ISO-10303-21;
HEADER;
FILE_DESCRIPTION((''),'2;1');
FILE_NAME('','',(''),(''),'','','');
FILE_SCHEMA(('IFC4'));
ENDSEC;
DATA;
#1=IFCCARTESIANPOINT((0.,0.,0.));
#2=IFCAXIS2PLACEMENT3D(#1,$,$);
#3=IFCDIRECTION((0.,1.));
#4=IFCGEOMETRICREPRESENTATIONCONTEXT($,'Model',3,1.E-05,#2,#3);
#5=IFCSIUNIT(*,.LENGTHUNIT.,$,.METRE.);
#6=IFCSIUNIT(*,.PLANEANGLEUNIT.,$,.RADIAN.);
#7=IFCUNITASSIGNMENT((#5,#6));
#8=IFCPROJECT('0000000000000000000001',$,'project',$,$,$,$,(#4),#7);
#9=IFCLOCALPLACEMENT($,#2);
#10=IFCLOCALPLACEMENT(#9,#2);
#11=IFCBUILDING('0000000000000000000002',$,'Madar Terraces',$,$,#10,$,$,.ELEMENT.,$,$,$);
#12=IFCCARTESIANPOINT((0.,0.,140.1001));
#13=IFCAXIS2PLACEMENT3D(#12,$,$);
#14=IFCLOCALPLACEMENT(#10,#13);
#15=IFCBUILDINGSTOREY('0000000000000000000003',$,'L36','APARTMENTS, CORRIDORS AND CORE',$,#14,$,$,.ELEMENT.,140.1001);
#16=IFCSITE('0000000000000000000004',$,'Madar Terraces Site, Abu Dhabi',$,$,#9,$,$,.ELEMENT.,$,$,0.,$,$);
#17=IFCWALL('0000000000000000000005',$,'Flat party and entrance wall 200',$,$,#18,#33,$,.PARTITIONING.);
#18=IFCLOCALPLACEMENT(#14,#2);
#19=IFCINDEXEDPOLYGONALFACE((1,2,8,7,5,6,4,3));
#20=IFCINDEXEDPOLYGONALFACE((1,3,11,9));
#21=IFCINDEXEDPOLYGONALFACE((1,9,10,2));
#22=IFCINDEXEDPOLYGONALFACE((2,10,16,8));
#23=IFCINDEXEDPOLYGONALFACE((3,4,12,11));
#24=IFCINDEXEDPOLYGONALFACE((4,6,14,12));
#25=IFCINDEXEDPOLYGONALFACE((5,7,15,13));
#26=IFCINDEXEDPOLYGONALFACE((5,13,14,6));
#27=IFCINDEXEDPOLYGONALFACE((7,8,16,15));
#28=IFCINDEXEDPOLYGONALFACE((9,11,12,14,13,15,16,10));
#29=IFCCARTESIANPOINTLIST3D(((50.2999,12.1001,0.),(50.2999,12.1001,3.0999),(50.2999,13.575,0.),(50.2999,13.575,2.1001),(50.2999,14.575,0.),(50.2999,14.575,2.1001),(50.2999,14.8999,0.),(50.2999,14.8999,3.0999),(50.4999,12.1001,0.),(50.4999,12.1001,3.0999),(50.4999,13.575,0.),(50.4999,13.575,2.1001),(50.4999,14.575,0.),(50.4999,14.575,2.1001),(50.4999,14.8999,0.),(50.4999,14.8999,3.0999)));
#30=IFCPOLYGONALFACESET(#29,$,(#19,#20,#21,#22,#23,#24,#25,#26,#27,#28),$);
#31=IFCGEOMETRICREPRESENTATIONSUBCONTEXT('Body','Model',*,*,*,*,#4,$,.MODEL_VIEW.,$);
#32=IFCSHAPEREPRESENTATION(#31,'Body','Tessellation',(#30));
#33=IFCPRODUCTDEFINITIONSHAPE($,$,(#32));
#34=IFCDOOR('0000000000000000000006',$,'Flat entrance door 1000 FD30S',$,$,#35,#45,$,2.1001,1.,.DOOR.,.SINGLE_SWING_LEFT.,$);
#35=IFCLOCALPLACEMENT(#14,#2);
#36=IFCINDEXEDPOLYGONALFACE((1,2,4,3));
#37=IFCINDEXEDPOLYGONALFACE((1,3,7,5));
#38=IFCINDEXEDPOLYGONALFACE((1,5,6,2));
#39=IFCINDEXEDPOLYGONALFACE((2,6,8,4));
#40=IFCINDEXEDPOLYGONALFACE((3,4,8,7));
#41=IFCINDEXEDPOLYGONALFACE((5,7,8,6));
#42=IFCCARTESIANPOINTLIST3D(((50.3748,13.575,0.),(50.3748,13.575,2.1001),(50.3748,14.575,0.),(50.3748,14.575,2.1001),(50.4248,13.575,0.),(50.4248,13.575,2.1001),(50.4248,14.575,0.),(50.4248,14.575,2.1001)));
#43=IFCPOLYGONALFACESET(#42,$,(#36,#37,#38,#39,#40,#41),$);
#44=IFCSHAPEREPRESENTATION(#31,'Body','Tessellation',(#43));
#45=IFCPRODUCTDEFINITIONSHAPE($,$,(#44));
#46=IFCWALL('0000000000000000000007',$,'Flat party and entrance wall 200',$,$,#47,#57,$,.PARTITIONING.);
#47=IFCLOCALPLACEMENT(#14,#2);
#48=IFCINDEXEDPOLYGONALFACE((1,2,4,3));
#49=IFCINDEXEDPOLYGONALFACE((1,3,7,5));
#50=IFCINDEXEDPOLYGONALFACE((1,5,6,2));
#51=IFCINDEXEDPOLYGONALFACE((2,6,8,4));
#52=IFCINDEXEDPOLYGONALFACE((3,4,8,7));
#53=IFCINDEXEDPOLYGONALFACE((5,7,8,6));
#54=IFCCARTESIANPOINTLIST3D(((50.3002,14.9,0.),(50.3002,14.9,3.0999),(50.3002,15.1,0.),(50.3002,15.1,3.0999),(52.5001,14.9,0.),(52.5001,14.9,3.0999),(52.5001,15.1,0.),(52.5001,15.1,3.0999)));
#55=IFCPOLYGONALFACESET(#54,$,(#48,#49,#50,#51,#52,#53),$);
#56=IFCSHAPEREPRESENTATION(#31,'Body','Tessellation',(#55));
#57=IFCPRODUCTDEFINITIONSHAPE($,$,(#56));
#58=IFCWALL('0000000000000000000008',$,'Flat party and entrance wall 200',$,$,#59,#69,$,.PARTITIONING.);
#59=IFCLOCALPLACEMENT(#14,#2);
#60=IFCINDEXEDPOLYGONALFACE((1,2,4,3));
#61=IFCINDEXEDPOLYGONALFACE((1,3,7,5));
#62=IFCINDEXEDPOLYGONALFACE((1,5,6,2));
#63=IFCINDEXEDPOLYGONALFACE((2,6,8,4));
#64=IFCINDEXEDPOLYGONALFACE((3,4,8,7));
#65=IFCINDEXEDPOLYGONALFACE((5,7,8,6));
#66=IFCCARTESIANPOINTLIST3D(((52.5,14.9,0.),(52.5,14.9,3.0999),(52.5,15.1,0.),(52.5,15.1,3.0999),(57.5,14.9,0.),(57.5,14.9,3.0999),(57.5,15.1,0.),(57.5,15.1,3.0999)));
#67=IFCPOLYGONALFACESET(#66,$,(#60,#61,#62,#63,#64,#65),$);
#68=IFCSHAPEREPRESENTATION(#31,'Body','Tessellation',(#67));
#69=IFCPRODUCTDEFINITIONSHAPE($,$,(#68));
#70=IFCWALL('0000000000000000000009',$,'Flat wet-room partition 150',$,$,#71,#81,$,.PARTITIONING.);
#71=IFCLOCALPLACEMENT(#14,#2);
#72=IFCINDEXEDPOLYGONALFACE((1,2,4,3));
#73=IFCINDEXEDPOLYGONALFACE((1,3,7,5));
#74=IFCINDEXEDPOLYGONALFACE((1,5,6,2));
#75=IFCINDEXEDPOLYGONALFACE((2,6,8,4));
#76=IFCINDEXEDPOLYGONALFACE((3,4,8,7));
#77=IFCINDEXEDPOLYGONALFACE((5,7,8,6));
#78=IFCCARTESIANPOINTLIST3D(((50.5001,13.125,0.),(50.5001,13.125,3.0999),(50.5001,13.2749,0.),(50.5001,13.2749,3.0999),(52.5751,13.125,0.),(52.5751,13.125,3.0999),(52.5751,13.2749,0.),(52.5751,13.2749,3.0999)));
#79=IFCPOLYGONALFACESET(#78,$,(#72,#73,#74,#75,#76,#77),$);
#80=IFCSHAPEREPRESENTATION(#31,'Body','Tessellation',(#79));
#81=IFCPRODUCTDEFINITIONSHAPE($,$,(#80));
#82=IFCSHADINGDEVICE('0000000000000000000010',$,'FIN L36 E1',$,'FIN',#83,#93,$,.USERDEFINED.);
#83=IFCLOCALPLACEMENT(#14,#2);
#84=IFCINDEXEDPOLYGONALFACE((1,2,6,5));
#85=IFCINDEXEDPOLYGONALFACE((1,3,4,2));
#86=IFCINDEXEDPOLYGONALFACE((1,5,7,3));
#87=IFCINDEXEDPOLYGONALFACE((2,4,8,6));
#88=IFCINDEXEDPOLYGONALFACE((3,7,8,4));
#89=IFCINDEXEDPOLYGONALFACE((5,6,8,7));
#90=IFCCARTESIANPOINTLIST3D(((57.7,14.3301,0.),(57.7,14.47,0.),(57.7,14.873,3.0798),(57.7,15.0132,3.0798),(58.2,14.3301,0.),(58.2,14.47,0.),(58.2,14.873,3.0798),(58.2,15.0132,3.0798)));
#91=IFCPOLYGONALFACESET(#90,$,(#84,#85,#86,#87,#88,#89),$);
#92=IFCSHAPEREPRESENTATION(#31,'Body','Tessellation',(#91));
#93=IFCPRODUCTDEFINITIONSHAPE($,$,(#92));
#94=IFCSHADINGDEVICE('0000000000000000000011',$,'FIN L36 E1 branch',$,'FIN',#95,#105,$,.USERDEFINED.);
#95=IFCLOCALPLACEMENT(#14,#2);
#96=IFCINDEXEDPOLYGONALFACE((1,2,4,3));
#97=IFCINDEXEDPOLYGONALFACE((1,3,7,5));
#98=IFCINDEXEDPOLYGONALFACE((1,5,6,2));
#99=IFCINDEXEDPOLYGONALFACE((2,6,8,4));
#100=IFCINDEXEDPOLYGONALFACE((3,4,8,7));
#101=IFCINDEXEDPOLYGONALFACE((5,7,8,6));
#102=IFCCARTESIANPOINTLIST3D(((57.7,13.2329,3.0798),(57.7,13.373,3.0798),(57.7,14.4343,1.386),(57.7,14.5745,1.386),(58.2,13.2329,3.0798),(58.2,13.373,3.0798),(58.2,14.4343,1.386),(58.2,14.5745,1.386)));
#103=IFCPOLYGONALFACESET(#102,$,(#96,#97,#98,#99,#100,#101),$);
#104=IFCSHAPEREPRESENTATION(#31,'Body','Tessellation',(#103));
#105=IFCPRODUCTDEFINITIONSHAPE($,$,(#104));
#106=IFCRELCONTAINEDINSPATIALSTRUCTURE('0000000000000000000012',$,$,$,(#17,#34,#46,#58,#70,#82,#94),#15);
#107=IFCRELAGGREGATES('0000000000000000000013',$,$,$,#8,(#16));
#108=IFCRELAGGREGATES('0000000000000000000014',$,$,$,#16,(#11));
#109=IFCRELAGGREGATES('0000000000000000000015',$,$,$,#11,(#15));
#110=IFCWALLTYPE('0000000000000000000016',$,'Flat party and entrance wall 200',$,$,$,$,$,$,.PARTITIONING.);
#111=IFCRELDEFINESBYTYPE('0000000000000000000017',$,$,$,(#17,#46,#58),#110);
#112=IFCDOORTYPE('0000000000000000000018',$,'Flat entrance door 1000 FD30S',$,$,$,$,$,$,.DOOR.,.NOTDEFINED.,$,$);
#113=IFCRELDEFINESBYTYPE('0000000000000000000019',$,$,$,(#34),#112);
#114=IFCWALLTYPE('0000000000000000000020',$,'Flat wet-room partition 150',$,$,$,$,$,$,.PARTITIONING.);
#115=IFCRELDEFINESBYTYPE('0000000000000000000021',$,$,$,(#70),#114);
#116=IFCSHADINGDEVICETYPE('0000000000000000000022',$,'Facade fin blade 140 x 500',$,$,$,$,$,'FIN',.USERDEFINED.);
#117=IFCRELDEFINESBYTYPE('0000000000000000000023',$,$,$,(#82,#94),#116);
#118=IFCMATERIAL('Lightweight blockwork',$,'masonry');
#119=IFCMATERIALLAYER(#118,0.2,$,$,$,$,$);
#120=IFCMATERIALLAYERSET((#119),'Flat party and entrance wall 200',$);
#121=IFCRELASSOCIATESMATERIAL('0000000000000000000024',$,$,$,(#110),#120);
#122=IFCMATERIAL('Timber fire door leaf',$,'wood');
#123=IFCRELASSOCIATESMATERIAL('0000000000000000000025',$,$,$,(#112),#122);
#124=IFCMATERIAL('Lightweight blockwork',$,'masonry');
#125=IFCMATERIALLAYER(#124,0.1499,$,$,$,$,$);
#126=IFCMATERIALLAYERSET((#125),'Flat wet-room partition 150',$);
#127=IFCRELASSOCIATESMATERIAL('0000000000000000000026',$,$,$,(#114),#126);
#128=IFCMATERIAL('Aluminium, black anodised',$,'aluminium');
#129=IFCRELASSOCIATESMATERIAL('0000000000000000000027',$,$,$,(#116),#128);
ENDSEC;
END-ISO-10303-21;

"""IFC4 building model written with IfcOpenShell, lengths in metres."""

from ifc_helpers import new_model, si_unit, direction, frame, frame_2d, origin, place, context, subcontext, project, spatial, polyline, rectangle, outline, extrude, material, layer, layer_set, type_object, element, fill, save


model = new_model("IFC4")

# Units and contexts
model_context = context("Model", 3, precision=1e-05, world=origin(), true_north=direction((0.0, 1.0)))
body_context = subcontext(model_context, "Body", "Model", "MODEL_VIEW")
ifc_project = project(units=[si_unit("LENGTHUNIT", "METRE"), si_unit("PLANEANGLEUNIT", "RADIAN")], contexts=[model_context])

# Site, building, storey
site_placement = place(None, origin())
site = spatial("IfcSite", under=ifc_project, at=site_placement, Name="Madar Terraces Site, Abu Dhabi", CompositionType="ELEMENT", RefElevation=0.0)
building_placement = place(site_placement, origin())
building = spatial("IfcBuilding", under=site, at=building_placement, Name="Madar Terraces", CompositionType="ELEMENT")
storey_placement = place(building_placement, frame((0.0, 0.0, 140.1001)))
storey = spatial("IfcBuildingStorey", under=building, at=storey_placement, Name="L36", Description="APARTMENTS, CORRIDORS AND CORE", CompositionType="ELEMENT", Elevation=140.1001)

# Shared definitions
ifc_material_1 = material(Name="Lightweight blockwork", Category="masonry")
ifc_layer_1 = layer(ifc_material_1, 0.2)
ifc_layer_set_1 = layer_set([ifc_layer_1], Name="Flat party and entrance wall 200")
wall_type_1 = type_object("IfcWallType", Name="Flat party and entrance wall 200", PredefinedType="PARTITIONING", material=ifc_layer_set_1)
ifc_material_2 = material(Name="Timber fire door leaf", Category="wood")
door_type_1 = type_object("IfcDoorType", Name="Flat entrance door 1000 FD30S", OperationType="NOTDEFINED", PredefinedType="DOOR", material=ifc_material_2)

# Wall, opening, door
wall_1_placement = place(storey_placement, frame((50.3999, 14.8999, 0.0), z_axis=(0.0, 0.0, 1.0), x_axis=(0.0, -1.0, 0.0)))
wall_1 = element("IfcWall", 1, at=wall_1_placement, inside=storey, type_object=wall_type_1, Name="Flat party and entrance wall 200", PredefinedType="PARTITIONING", context=body_context, shape_type="SweptSolid", body=[
    extrude(rectangle(XDim=2.7998, YDim=0.2, at=frame_2d((1.3999, 0.0))), origin(), (0.0, 0.0, 1.0), 3.0999),
])
opening_1_placement = place(wall_1_placement, frame((0.325, 0.0, 0.0)))
opening_1 = element("IfcOpeningElement", 2, at=opening_1_placement, cuts=wall_1, PredefinedType="OPENING", context=body_context, shape_type="SweptSolid", body=[
    extrude(rectangle(XDim=1.0, YDim=2.1001, at=frame_2d((0.5, 1.05))), frame((0.0, 0.1099, 0.0), z_axis=(0.0, -1.0, 0.0), x_axis=(1.0, 0.0, 0.0)), (0.0, 0.0, 1.0), 0.22),
])
door_1_placement = place(opening_1_placement, origin())
door_1 = element("IfcDoor", 3, at=door_1_placement, inside=storey, type_object=door_type_1, Name="Flat entrance door 1000 FD30S", OperationType="SINGLE_SWING_LEFT", OverallHeight=2.1001, OverallWidth=1.0, PredefinedType="DOOR", context=body_context, shape_type="SweptSolid", body=[
    extrude(rectangle(XDim=1.0, YDim=2.1001, at=frame_2d((0.5, 1.05))), frame((0.0, 0.0249, 0.0), z_axis=(0.0, -1.0, 0.0), x_axis=(1.0, 0.0, 0.0)), (0.0, 0.0, 1.0), 0.05),
])
fill(opening_1, door_1)

# Walls
wall_2_placement = place(storey_placement, frame((50.3, 15.0, 0.0), z_axis=(0.0, 0.0, 1.0), x_axis=(1.0, 0.0, 0.0)))
element("IfcWall", 4, at=wall_2_placement, inside=storey, type_object=wall_type_1, Name="Flat party and entrance wall 200", PredefinedType="PARTITIONING", context=body_context, shape_type="SweptSolid", body=[
    extrude(rectangle(XDim=2.2, YDim=0.2, at=frame_2d((1.1001, 0.0))), origin(), (0.0, 0.0, 1.0), 3.0999),
])
wall_3_placement = place(storey_placement, frame((52.5, 15.0, 0.0), z_axis=(0.0, 0.0, 1.0), x_axis=(1.0, 0.0, 0.0)))
element("IfcWall", 5, at=wall_3_placement, inside=storey, type_object=wall_type_1, Name="Flat party and entrance wall 200", PredefinedType="PARTITIONING", context=body_context, shape_type="SweptSolid", body=[
    extrude(rectangle(XDim=5.0, YDim=0.2, at=frame_2d((2.5, 0.0))), origin(), (0.0, 0.0, 1.0), 3.0999),
])
ifc_material_3 = material(Name="Lightweight blockwork", Category="masonry")
ifc_layer_2 = layer(ifc_material_3, 0.1499)
ifc_layer_set_2 = layer_set([ifc_layer_2], Name="Flat wet-room partition 150")
wall_type_2 = type_object("IfcWallType", Name="Flat wet-room partition 150", PredefinedType="PARTITIONING", material=ifc_layer_set_2)
wall_4_placement = place(storey_placement, frame((50.5, 13.2, 0.0), z_axis=(0.0, 0.0, 1.0), x_axis=(1.0, 0.0, 0.0)))
element("IfcWall", 6, at=wall_4_placement, inside=storey, type_object=wall_type_2, Name="Flat wet-room partition 150", PredefinedType="PARTITIONING", context=body_context, shape_type="SweptSolid", body=[
    extrude(rectangle(XDim=2.075, YDim=0.1499, at=frame_2d((1.0376, 0.0))), origin(), (0.0, 0.0, 1.0), 3.0999),
])

# Shading devices
ifc_material_4 = material(Name="Aluminium, black anodised", Category="aluminium")
shading_device_type = type_object("IfcShadingDeviceType", Name="Facade fin blade 140 x 500", ElementType="FIN", PredefinedType="USERDEFINED", material=ifc_material_4)
shading_device_1_placement = place(storey_placement, frame((57.95, 14.3301, 0.0), z_axis=(0.0, 0.0, 1.0), x_axis=(0.0, 1.0, 0.0)))
element("IfcShadingDevice", 7, at=shading_device_1_placement, inside=storey, type_object=shading_device_type, Name="FIN L36 E1", ObjectType="FIN", PredefinedType="USERDEFINED", context=body_context, shape_type="SweptSolid", body=[
    extrude(outline(polyline([(0.0, 0.0), (0.1399, 0.0), (0.6831, 3.0798), (0.543, 3.0798), (0.0, 0.0)])), frame((0.0, 0.25, 0.0), z_axis=(0.0, -1.0, 0.0), x_axis=(1.0, 0.0, 0.0)), (0.0, 0.0, 1.0), 0.5),
])
shading_device_2_placement = place(storey_placement, frame((57.95, 14.4343, 1.386), z_axis=(0.0, 0.0, 1.0), x_axis=(0.0, 1.0, 0.0)))
element("IfcShadingDevice", 8, at=shading_device_2_placement, inside=storey, type_object=shading_device_type, Name="FIN L36 E1 branch", ObjectType="FIN", PredefinedType="USERDEFINED", context=body_context, shape_type="SweptSolid", body=[
    extrude(outline(polyline([(0.0, 0.0), (0.1401, 0.0), (-1.0613, 1.6938), (-1.2014, 1.6938), (0.0, 0.0)])), frame((0.0, 0.25, 0.0), z_axis=(0.0, -1.0, 0.0), x_axis=(1.0, 0.0, 0.0)), (0.0, 0.0, 1.0), 0.5),
])

save(model, "model.ifc")
